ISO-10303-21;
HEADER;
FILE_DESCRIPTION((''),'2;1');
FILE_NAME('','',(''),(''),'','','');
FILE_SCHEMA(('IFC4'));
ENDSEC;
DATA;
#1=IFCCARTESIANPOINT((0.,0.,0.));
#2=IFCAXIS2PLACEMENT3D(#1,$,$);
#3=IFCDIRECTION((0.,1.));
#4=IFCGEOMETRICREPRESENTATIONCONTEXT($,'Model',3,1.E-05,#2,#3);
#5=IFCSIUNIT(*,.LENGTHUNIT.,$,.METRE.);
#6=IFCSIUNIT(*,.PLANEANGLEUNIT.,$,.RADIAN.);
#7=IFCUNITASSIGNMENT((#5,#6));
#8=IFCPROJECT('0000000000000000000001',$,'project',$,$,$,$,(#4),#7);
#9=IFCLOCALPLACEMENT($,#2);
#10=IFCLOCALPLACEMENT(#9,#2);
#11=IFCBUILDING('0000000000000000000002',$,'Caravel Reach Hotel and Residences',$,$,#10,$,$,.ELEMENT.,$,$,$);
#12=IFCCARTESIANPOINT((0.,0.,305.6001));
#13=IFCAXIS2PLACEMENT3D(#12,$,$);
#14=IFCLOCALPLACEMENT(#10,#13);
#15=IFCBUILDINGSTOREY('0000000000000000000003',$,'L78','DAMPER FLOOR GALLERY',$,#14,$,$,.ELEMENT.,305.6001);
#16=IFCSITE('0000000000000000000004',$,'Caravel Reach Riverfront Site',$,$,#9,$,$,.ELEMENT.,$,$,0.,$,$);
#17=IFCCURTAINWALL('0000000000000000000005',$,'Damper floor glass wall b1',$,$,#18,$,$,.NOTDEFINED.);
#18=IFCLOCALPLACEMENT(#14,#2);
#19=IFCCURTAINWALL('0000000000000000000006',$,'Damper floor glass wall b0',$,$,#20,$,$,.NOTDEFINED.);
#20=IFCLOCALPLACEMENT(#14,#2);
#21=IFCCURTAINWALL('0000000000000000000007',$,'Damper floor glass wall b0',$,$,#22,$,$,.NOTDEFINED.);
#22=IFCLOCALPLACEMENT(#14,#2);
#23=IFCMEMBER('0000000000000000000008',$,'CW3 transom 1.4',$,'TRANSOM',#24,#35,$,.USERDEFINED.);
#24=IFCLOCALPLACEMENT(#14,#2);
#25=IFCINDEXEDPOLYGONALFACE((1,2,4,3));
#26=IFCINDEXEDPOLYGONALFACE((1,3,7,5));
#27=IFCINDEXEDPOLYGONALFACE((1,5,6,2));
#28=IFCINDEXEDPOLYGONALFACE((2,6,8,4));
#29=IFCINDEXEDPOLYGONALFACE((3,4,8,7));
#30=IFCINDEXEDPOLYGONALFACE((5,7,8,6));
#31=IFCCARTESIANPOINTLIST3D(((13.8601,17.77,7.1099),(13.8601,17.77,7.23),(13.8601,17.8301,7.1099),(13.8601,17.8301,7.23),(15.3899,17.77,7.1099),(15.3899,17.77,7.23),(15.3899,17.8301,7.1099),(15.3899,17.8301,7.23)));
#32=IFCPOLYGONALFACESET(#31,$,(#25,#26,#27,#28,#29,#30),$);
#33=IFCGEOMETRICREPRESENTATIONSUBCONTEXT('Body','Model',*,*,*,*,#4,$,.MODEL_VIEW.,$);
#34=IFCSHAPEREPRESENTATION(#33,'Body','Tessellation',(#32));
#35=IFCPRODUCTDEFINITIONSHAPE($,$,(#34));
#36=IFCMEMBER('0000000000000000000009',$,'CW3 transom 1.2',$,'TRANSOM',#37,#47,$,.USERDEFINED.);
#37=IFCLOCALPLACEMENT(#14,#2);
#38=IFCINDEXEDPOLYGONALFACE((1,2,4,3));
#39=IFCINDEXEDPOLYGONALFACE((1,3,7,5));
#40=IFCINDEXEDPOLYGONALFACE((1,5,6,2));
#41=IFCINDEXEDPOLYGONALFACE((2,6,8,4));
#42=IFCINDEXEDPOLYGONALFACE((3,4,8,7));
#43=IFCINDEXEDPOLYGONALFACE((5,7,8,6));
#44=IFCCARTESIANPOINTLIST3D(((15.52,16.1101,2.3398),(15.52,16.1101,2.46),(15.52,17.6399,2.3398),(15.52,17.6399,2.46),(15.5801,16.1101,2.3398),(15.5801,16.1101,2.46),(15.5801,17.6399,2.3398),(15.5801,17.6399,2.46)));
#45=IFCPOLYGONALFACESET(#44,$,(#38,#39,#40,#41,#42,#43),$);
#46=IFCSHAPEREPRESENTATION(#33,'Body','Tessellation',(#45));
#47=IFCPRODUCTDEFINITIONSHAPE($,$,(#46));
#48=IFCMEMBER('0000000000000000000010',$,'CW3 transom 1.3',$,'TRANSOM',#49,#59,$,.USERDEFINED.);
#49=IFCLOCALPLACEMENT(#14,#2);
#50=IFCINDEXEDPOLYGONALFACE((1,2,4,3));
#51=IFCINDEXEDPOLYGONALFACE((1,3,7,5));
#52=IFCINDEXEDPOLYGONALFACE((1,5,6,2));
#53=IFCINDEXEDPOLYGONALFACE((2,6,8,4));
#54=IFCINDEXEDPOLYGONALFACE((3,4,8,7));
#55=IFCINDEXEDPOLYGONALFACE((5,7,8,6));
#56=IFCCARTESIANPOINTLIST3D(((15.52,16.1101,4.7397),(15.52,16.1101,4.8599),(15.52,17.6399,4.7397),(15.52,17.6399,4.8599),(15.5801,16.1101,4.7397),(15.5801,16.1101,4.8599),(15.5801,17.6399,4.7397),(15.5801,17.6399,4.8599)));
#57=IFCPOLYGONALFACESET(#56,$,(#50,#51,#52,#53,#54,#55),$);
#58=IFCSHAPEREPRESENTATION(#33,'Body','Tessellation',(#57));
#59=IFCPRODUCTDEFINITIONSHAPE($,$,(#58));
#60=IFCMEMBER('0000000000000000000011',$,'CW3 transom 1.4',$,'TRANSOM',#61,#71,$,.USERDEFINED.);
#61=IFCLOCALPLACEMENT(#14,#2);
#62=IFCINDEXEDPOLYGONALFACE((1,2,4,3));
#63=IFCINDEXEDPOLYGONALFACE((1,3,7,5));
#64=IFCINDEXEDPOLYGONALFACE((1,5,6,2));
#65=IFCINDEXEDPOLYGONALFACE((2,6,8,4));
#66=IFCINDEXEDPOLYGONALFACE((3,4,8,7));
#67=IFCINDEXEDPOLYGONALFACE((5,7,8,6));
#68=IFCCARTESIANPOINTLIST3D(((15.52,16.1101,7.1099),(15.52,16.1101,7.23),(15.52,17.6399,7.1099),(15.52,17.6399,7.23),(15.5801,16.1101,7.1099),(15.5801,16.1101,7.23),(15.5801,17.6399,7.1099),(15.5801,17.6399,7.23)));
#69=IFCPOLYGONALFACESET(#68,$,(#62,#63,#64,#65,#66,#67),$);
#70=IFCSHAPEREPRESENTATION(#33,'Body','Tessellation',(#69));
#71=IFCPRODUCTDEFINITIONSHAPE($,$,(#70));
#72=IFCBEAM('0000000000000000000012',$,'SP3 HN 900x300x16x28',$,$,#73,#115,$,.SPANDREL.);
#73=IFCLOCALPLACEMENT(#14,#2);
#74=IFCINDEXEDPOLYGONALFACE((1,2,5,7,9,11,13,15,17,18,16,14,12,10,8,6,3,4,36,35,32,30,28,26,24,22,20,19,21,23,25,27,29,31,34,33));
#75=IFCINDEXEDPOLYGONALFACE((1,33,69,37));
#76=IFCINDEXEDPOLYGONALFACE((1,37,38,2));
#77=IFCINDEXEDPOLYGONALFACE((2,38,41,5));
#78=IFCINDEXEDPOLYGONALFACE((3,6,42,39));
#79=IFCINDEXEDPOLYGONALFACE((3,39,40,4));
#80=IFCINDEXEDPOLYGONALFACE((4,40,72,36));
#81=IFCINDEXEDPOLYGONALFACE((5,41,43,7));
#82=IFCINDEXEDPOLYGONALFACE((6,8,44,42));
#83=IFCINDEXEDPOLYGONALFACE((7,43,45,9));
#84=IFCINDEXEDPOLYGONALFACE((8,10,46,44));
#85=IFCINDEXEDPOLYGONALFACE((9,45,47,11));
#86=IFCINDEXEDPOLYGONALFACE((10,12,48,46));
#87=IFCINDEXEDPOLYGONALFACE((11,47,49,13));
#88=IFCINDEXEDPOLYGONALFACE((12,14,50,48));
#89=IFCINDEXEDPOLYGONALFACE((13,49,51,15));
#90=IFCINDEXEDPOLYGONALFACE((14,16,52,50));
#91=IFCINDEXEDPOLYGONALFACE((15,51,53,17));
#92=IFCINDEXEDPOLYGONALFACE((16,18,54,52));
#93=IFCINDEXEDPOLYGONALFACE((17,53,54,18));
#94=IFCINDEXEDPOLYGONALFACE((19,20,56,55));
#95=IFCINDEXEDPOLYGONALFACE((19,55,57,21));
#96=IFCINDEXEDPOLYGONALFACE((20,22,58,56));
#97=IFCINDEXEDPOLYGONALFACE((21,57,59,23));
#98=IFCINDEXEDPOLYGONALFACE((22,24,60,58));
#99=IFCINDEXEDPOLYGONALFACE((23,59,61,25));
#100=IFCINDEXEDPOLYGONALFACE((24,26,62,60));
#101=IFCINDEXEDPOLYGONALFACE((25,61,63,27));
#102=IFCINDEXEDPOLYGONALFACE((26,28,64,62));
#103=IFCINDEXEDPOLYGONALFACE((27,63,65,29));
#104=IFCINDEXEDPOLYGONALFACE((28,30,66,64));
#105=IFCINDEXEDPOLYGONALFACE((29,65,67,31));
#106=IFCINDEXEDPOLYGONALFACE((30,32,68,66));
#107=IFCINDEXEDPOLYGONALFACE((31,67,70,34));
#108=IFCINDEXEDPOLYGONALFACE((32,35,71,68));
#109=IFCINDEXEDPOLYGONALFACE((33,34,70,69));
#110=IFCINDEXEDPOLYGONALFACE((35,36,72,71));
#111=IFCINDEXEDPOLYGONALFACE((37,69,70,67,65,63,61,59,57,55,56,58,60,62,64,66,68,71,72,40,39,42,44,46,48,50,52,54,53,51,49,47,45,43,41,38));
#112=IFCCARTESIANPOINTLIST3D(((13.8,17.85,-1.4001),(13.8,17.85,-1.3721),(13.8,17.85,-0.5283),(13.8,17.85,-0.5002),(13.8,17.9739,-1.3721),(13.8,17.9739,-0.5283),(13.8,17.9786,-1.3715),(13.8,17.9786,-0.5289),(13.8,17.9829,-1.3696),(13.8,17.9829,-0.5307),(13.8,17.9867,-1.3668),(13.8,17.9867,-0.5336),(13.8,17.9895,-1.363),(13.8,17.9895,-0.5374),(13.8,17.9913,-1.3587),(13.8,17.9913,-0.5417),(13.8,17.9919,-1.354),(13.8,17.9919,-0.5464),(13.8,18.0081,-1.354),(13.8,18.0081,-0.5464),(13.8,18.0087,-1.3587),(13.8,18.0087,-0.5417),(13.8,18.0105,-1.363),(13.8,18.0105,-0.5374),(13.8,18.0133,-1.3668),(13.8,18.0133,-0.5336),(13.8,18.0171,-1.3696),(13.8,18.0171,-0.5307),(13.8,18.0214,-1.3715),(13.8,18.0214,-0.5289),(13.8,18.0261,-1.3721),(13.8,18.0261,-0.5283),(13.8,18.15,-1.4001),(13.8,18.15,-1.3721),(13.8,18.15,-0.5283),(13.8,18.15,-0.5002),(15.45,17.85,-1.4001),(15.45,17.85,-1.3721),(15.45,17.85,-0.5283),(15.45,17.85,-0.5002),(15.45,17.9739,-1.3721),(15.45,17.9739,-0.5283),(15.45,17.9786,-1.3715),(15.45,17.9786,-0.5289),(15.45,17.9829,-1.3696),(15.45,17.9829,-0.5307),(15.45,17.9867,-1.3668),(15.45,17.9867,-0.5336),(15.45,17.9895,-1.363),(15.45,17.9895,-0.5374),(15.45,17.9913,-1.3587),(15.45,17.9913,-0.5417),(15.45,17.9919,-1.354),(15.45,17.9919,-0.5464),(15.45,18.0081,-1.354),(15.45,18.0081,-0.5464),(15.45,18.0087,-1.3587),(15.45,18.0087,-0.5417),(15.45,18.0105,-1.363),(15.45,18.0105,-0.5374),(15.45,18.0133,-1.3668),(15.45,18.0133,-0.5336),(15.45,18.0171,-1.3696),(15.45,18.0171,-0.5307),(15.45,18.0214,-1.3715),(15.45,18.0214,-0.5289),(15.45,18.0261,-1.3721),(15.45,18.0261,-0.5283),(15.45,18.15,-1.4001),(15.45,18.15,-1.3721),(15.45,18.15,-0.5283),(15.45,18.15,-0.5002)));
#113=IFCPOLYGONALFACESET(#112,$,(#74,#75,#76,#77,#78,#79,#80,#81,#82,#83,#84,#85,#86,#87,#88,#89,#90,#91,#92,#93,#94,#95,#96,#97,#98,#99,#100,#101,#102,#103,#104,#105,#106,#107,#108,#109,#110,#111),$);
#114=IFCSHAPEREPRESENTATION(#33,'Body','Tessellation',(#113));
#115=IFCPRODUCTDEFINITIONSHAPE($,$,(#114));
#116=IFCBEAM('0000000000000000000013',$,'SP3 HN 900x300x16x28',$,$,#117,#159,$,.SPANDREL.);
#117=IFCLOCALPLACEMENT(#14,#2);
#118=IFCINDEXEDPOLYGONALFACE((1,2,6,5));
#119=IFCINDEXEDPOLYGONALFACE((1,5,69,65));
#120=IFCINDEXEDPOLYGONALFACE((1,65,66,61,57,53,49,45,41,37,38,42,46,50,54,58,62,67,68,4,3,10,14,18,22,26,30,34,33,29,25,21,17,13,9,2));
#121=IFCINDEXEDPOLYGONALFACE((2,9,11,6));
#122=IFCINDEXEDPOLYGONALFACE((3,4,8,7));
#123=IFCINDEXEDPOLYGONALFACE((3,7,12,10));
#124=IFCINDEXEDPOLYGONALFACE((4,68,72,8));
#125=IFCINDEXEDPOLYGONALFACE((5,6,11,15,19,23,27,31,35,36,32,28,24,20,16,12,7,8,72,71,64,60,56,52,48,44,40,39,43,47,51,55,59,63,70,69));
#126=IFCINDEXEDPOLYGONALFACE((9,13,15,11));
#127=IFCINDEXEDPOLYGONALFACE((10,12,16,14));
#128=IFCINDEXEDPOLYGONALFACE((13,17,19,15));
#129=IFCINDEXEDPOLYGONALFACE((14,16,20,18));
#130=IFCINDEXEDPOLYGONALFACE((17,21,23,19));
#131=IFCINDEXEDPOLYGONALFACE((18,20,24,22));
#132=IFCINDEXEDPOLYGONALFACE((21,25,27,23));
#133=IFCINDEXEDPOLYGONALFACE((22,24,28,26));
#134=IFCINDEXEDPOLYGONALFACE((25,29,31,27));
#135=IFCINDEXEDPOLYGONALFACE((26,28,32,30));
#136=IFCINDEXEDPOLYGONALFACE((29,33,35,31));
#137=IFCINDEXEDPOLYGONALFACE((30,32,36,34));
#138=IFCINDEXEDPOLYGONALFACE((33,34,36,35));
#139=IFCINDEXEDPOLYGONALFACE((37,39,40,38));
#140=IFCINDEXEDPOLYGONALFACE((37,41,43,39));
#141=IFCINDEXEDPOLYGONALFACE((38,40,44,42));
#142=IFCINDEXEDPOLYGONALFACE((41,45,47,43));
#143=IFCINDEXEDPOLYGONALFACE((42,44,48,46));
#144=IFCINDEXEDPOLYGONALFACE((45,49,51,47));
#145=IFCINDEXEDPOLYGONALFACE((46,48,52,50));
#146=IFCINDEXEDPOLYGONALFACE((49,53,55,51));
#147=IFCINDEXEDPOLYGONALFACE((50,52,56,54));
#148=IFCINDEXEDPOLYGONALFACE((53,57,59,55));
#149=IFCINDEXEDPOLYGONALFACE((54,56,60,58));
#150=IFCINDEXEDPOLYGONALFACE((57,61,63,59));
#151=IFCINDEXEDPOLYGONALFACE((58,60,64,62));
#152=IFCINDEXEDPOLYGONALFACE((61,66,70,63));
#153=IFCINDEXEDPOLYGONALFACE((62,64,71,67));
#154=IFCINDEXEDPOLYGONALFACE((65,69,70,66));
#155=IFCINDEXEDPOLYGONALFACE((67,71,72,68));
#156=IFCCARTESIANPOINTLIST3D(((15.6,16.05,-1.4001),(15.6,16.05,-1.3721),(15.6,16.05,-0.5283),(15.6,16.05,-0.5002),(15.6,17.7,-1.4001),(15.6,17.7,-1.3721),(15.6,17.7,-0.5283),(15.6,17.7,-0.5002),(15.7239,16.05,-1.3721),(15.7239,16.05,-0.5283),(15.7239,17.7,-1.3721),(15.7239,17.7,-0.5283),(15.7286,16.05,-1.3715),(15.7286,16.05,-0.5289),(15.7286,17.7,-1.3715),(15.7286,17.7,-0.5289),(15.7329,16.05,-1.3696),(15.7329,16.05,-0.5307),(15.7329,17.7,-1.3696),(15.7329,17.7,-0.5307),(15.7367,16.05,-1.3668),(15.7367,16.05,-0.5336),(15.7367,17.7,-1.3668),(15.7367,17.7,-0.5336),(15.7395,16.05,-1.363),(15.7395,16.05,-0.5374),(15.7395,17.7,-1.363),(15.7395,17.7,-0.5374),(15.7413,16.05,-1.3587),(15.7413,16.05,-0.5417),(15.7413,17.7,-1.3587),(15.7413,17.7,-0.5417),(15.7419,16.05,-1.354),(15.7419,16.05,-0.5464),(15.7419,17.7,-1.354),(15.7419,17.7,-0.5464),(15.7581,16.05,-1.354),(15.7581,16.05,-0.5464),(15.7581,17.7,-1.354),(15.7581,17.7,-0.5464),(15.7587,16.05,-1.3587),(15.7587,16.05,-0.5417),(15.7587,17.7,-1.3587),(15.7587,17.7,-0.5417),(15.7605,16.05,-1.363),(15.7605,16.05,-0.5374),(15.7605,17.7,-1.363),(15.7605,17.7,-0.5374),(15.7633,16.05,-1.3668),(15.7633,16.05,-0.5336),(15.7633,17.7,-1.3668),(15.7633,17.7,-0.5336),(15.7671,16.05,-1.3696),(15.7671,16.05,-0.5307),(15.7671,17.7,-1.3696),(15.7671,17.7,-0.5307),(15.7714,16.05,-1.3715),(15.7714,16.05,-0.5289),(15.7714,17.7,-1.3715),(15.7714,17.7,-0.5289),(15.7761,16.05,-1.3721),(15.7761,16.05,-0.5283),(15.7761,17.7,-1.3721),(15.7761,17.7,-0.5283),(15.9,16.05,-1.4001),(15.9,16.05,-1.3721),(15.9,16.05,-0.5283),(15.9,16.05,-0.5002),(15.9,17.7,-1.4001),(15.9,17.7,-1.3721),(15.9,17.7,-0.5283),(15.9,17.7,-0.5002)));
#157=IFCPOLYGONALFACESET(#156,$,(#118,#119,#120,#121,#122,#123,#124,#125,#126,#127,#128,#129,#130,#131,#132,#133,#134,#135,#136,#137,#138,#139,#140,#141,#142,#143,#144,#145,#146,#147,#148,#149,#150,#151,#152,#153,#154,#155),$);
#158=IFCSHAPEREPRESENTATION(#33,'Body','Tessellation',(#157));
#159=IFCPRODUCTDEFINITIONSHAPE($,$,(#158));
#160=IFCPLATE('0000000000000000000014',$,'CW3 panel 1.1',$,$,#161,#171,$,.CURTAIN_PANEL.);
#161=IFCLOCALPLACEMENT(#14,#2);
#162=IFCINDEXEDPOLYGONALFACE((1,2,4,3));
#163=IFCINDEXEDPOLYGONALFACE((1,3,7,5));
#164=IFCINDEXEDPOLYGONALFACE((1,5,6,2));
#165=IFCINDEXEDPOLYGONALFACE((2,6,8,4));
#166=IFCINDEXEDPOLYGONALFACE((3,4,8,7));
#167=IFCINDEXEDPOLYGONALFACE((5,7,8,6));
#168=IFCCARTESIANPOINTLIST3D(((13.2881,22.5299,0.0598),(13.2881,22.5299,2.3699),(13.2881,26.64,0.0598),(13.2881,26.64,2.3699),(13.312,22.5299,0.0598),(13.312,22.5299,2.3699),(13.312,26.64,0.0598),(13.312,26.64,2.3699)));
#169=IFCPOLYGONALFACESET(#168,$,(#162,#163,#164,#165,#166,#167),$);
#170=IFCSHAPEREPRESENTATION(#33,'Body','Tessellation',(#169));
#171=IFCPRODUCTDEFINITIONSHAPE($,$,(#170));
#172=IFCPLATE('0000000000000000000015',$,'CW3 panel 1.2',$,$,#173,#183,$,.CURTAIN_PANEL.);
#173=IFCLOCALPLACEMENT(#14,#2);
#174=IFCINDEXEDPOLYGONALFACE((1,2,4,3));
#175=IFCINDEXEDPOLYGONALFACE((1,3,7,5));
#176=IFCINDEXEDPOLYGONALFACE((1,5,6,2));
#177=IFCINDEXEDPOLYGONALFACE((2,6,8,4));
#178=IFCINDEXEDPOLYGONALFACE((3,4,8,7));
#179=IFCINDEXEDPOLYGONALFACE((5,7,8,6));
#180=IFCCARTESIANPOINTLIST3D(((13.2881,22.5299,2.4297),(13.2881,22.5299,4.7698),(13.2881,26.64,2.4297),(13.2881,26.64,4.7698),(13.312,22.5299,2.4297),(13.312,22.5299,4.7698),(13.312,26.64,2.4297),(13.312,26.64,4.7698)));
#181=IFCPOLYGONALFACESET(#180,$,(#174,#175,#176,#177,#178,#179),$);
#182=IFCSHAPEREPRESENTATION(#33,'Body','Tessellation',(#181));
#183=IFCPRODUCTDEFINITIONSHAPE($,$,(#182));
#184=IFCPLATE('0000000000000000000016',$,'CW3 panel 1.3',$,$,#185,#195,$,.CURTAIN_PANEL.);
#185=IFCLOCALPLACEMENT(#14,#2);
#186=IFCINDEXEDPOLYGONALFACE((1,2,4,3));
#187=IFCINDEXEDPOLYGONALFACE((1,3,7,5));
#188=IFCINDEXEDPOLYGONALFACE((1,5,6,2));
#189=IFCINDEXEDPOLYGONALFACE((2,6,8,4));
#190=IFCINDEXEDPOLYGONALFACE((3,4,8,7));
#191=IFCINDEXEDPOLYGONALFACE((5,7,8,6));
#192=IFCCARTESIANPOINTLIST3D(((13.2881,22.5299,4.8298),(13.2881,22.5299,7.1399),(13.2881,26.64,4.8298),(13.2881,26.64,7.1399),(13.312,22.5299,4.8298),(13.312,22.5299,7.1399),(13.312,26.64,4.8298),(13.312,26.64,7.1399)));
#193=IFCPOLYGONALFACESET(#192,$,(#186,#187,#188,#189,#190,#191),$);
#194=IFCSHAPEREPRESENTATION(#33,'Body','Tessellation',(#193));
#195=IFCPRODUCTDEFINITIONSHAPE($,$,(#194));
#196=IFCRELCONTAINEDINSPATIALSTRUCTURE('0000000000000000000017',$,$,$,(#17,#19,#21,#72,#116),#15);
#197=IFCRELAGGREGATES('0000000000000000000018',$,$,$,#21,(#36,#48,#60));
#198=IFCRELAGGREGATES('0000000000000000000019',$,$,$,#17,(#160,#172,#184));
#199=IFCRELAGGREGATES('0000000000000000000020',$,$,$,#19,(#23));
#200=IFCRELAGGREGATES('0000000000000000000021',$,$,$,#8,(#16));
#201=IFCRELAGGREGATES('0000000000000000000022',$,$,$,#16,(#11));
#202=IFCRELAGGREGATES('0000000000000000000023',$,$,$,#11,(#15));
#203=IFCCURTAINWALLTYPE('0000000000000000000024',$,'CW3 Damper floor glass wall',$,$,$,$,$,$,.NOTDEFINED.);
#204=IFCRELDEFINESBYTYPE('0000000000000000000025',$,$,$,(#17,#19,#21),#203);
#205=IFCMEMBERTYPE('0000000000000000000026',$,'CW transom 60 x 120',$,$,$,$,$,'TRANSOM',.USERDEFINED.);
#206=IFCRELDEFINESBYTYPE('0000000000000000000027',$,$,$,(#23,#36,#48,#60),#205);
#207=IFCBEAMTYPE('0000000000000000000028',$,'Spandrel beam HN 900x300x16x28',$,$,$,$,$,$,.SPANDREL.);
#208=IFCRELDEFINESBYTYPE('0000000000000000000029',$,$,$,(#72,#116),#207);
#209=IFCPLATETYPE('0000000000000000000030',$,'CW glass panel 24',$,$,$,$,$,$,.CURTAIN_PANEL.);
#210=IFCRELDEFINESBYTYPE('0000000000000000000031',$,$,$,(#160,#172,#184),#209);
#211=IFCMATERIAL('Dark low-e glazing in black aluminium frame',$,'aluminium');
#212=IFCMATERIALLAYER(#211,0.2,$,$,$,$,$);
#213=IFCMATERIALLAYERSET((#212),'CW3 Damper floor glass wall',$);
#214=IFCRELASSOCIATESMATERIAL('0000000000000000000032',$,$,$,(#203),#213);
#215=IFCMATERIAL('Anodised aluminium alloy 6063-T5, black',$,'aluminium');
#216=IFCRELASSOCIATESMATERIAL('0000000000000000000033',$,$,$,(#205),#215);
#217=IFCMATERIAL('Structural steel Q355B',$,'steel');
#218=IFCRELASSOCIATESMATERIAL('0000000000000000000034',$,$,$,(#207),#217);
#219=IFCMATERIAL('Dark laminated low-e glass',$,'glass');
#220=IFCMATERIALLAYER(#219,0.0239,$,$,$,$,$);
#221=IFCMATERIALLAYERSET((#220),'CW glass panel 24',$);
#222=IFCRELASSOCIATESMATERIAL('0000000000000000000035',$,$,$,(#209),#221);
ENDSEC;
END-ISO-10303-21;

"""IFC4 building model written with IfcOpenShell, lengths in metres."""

from ifc_helpers import new_model, si_unit, direction, frame, origin, origin_2d, place, context, subcontext, project, spatial, rectangle, i_section, extrude, material, layer, layer_set, material_profile, profile_set, type_object, element, aggregate, save


model = new_model("IFC4")

# Units and contexts
model_context = context("Model", 3, precision=1e-05, world=origin(), true_north=direction((0.0, 1.0)))
body_context = subcontext(model_context, "Body", "Model", "MODEL_VIEW")
ifc_project = project(units=[si_unit("LENGTHUNIT", "METRE"), si_unit("PLANEANGLEUNIT", "RADIAN")], contexts=[model_context])

# Site, building, storey
site_placement = place(None, origin())
site = spatial("IfcSite", under=ifc_project, at=site_placement, Name="Caravel Reach Riverfront Site", CompositionType="ELEMENT", RefElevation=0.0)
building_placement = place(site_placement, origin())
building = spatial("IfcBuilding", under=site, at=building_placement, Name="Caravel Reach Hotel and Residences", CompositionType="ELEMENT")
storey_placement = place(building_placement, frame((0.0, 0.0, 305.6001)))
storey = spatial("IfcBuildingStorey", under=building, at=storey_placement, Name="L78", Description="DAMPER FLOOR GALLERY", CompositionType="ELEMENT", Elevation=305.6001)

# Curtain walls
ifc_material_1 = material(Name="Dark low-e glazing in black aluminium frame", Category="aluminium")
ifc_layer_1 = layer(ifc_material_1, 0.2)
ifc_layer_set_1 = layer_set([ifc_layer_1], Name="CW3 Damper floor glass wall")
curtain_wall_type = type_object("IfcCurtainWallType", Name="CW3 Damper floor glass wall", PredefinedType="NOTDEFINED", material=ifc_layer_set_1)
curtain_wall_1_placement = place(storey_placement, origin())
curtain_wall_1 = element("IfcCurtainWall", 1, at=curtain_wall_1_placement, inside=storey, type_object=curtain_wall_type, Name="Damper floor glass wall b1", PredefinedType="NOTDEFINED")
curtain_wall_2_placement = place(storey_placement, origin())
curtain_wall_2 = element("IfcCurtainWall", 2, at=curtain_wall_2_placement, inside=storey, type_object=curtain_wall_type, Name="Damper floor glass wall b0", PredefinedType="NOTDEFINED")

# Curtain wall
curtain_wall_3_placement = place(storey_placement, origin())
curtain_wall_3 = element("IfcCurtainWall", 3, at=curtain_wall_3_placement, inside=storey, type_object=curtain_wall_type, Name="Damper floor glass wall b0", PredefinedType="NOTDEFINED")

# Members
ifc_material_2 = material(Name="Anodised aluminium alloy 6063-T5, black", Category="aluminium")
ifc_material_profile_1 = material_profile(ifc_material_2, rectangle(XDim=0.0601, YDim=0.1201, at=origin_2d()), Name="CW transom 60 x 120")
ifc_profile_set_1 = profile_set([ifc_material_profile_1], Name="Anodised aluminium alloy 6063-T5, black")
member_type_1 = type_object("IfcMemberType", Name="CW transom 60 x 120", ElementType="TRANSOM", PredefinedType="USERDEFINED", material=ifc_profile_set_1)
member_1_placement = place(storey_placement, frame((13.8601, 17.8, 7.1699), z_axis=(1.0, 0.0, 0.0), x_axis=(0.0, 1.0, 0.0)))
member_1 = element("IfcMember", 4, at=member_1_placement, type_object=member_type_1, Name="CW3 transom 1.4", ObjectType="TRANSOM", PredefinedType="USERDEFINED", context=body_context, shape_type="SweptSolid", body=[
    extrude(rectangle(XDim=0.0601, YDim=0.1201, at=origin_2d()), origin(), (0.0, 0.0, 1.0), 1.5298),
])
member_2_placement = place(storey_placement, frame((15.55, 17.6399, 2.3999), z_axis=(0.0, -1.0, 0.0), x_axis=(1.0, 0.0, 0.0)))
member_2 = element("IfcMember", 5, at=member_2_placement, type_object=member_type_1, Name="CW3 transom 1.2", ObjectType="TRANSOM", PredefinedType="USERDEFINED", context=body_context, shape_type="SweptSolid", body=[
    extrude(rectangle(XDim=0.0601, YDim=0.1201, at=origin_2d()), origin(), (0.0, 0.0, 1.0), 1.5298),
])
member_3_placement = place(storey_placement, frame((15.55, 17.6399, 4.7998), z_axis=(0.0, -1.0, 0.0), x_axis=(1.0, 0.0, 0.0)))
member_3 = element("IfcMember", 6, at=member_3_placement, type_object=member_type_1, Name="CW3 transom 1.3", ObjectType="TRANSOM", PredefinedType="USERDEFINED", context=body_context, shape_type="SweptSolid", body=[
    extrude(rectangle(XDim=0.0601, YDim=0.1201, at=origin_2d()), origin(), (0.0, 0.0, 1.0), 1.5298),
])
member_4_placement = place(storey_placement, frame((15.55, 17.6399, 7.1699), z_axis=(0.0, -1.0, 0.0), x_axis=(1.0, 0.0, 0.0)))
member_4 = element("IfcMember", 7, at=member_4_placement, type_object=member_type_1, Name="CW3 transom 1.4", ObjectType="TRANSOM", PredefinedType="USERDEFINED", context=body_context, shape_type="SweptSolid", body=[
    extrude(rectangle(XDim=0.0601, YDim=0.1201, at=origin_2d()), origin(), (0.0, 0.0, 1.0), 1.5298),
])
aggregate(curtain_wall_3, [member_2, member_3, member_4])

# Beams
ifc_material_3 = material(Name="Structural steel Q355B", Category="steel")
ifc_material_profile_2 = material_profile(ifc_material_3, i_section(OverallWidth=0.3, OverallDepth=0.8999, WebThickness=0.0161, FlangeThickness=0.0281, FilletRadius=0.0181, at=origin_2d()), Name="HN 900x300x16x28")
ifc_profile_set_2 = profile_set([ifc_material_profile_2], Name="Structural steel Q355B")
beam_type = type_object("IfcBeamType", Name="Spandrel beam HN 900x300x16x28", PredefinedType="SPANDREL", material=ifc_profile_set_2)
for number, where, z_axis, x_axis, name in (
    (8, (13.8, 18.0, -0.9502), (1.0, 0.0, 0.0), (0.0, 1.0, 0.0), "SP3 HN 900x300x16x28"),
    (9, (15.75, 17.7, -0.9502), (0.0, -1.0, 0.0), (1.0, 0.0, 0.0), "SP3 HN 900x300x16x28"),
):
    element("IfcBeam", number, at=place(storey_placement, frame(where, z_axis=z_axis, x_axis=x_axis)), inside=storey, type_object=beam_type, Name=name, PredefinedType="SPANDREL", context=body_context, shape_type="SweptSolid", body=[
        extrude(i_section(OverallWidth=0.3, OverallDepth=0.8999, WebThickness=0.0161, FlangeThickness=0.0281, FilletRadius=0.0181, at=origin_2d()), origin(), (0.0, 0.0, 1.0), 1.6499),
    ])

# Plates
ifc_material_4 = material(Name="Dark laminated low-e glass", Category="glass")
ifc_layer_2 = layer(ifc_material_4, 0.0239)
ifc_layer_set_2 = layer_set([ifc_layer_2], Name="CW glass panel 24")
plate_type = type_object("IfcPlateType", Name="CW glass panel 24", PredefinedType="CURTAIN_PANEL", material=ifc_layer_set_2)
plate_1_placement = place(storey_placement, frame((13.3, 24.585, 0.0598), z_axis=(0.0, 0.0, 1.0), x_axis=(0.0, -1.0, 0.0)))
plate_1 = element("IfcPlate", 10, at=plate_1_placement, type_object=plate_type, Name="CW3 panel 1.1", PredefinedType="CURTAIN_PANEL", context=body_context, shape_type="SweptSolid", body=[
    extrude(rectangle(XDim=4.1101, YDim=0.0239, at=origin_2d()), origin(), (0.0, 0.0, 1.0), 2.3101),
])
plate_2_placement = place(storey_placement, frame((13.3, 24.585, 2.4297), z_axis=(0.0, 0.0, 1.0), x_axis=(0.0, -1.0, 0.0)))
plate_2 = element("IfcPlate", 11, at=plate_2_placement, type_object=plate_type, Name="CW3 panel 1.2", PredefinedType="CURTAIN_PANEL", context=body_context, shape_type="SweptSolid", body=[
    extrude(rectangle(XDim=4.1101, YDim=0.0239, at=origin_2d()), origin(), (0.0, 0.0, 1.0), 2.3401),
])
plate_3_placement = place(storey_placement, frame((13.3, 24.585, 4.8298), z_axis=(0.0, 0.0, 1.0), x_axis=(0.0, -1.0, 0.0)))
plate_3 = element("IfcPlate", 12, at=plate_3_placement, type_object=plate_type, Name="CW3 panel 1.3", PredefinedType="CURTAIN_PANEL", context=body_context, shape_type="SweptSolid", body=[
    extrude(rectangle(XDim=4.1101, YDim=0.0239, at=origin_2d()), origin(), (0.0, 0.0, 1.0), 2.3101),
])
aggregate(curtain_wall_1, [plate_1, plate_2, plate_3])
aggregate(curtain_wall_2, [member_1])

save(model, "model.ifc")
